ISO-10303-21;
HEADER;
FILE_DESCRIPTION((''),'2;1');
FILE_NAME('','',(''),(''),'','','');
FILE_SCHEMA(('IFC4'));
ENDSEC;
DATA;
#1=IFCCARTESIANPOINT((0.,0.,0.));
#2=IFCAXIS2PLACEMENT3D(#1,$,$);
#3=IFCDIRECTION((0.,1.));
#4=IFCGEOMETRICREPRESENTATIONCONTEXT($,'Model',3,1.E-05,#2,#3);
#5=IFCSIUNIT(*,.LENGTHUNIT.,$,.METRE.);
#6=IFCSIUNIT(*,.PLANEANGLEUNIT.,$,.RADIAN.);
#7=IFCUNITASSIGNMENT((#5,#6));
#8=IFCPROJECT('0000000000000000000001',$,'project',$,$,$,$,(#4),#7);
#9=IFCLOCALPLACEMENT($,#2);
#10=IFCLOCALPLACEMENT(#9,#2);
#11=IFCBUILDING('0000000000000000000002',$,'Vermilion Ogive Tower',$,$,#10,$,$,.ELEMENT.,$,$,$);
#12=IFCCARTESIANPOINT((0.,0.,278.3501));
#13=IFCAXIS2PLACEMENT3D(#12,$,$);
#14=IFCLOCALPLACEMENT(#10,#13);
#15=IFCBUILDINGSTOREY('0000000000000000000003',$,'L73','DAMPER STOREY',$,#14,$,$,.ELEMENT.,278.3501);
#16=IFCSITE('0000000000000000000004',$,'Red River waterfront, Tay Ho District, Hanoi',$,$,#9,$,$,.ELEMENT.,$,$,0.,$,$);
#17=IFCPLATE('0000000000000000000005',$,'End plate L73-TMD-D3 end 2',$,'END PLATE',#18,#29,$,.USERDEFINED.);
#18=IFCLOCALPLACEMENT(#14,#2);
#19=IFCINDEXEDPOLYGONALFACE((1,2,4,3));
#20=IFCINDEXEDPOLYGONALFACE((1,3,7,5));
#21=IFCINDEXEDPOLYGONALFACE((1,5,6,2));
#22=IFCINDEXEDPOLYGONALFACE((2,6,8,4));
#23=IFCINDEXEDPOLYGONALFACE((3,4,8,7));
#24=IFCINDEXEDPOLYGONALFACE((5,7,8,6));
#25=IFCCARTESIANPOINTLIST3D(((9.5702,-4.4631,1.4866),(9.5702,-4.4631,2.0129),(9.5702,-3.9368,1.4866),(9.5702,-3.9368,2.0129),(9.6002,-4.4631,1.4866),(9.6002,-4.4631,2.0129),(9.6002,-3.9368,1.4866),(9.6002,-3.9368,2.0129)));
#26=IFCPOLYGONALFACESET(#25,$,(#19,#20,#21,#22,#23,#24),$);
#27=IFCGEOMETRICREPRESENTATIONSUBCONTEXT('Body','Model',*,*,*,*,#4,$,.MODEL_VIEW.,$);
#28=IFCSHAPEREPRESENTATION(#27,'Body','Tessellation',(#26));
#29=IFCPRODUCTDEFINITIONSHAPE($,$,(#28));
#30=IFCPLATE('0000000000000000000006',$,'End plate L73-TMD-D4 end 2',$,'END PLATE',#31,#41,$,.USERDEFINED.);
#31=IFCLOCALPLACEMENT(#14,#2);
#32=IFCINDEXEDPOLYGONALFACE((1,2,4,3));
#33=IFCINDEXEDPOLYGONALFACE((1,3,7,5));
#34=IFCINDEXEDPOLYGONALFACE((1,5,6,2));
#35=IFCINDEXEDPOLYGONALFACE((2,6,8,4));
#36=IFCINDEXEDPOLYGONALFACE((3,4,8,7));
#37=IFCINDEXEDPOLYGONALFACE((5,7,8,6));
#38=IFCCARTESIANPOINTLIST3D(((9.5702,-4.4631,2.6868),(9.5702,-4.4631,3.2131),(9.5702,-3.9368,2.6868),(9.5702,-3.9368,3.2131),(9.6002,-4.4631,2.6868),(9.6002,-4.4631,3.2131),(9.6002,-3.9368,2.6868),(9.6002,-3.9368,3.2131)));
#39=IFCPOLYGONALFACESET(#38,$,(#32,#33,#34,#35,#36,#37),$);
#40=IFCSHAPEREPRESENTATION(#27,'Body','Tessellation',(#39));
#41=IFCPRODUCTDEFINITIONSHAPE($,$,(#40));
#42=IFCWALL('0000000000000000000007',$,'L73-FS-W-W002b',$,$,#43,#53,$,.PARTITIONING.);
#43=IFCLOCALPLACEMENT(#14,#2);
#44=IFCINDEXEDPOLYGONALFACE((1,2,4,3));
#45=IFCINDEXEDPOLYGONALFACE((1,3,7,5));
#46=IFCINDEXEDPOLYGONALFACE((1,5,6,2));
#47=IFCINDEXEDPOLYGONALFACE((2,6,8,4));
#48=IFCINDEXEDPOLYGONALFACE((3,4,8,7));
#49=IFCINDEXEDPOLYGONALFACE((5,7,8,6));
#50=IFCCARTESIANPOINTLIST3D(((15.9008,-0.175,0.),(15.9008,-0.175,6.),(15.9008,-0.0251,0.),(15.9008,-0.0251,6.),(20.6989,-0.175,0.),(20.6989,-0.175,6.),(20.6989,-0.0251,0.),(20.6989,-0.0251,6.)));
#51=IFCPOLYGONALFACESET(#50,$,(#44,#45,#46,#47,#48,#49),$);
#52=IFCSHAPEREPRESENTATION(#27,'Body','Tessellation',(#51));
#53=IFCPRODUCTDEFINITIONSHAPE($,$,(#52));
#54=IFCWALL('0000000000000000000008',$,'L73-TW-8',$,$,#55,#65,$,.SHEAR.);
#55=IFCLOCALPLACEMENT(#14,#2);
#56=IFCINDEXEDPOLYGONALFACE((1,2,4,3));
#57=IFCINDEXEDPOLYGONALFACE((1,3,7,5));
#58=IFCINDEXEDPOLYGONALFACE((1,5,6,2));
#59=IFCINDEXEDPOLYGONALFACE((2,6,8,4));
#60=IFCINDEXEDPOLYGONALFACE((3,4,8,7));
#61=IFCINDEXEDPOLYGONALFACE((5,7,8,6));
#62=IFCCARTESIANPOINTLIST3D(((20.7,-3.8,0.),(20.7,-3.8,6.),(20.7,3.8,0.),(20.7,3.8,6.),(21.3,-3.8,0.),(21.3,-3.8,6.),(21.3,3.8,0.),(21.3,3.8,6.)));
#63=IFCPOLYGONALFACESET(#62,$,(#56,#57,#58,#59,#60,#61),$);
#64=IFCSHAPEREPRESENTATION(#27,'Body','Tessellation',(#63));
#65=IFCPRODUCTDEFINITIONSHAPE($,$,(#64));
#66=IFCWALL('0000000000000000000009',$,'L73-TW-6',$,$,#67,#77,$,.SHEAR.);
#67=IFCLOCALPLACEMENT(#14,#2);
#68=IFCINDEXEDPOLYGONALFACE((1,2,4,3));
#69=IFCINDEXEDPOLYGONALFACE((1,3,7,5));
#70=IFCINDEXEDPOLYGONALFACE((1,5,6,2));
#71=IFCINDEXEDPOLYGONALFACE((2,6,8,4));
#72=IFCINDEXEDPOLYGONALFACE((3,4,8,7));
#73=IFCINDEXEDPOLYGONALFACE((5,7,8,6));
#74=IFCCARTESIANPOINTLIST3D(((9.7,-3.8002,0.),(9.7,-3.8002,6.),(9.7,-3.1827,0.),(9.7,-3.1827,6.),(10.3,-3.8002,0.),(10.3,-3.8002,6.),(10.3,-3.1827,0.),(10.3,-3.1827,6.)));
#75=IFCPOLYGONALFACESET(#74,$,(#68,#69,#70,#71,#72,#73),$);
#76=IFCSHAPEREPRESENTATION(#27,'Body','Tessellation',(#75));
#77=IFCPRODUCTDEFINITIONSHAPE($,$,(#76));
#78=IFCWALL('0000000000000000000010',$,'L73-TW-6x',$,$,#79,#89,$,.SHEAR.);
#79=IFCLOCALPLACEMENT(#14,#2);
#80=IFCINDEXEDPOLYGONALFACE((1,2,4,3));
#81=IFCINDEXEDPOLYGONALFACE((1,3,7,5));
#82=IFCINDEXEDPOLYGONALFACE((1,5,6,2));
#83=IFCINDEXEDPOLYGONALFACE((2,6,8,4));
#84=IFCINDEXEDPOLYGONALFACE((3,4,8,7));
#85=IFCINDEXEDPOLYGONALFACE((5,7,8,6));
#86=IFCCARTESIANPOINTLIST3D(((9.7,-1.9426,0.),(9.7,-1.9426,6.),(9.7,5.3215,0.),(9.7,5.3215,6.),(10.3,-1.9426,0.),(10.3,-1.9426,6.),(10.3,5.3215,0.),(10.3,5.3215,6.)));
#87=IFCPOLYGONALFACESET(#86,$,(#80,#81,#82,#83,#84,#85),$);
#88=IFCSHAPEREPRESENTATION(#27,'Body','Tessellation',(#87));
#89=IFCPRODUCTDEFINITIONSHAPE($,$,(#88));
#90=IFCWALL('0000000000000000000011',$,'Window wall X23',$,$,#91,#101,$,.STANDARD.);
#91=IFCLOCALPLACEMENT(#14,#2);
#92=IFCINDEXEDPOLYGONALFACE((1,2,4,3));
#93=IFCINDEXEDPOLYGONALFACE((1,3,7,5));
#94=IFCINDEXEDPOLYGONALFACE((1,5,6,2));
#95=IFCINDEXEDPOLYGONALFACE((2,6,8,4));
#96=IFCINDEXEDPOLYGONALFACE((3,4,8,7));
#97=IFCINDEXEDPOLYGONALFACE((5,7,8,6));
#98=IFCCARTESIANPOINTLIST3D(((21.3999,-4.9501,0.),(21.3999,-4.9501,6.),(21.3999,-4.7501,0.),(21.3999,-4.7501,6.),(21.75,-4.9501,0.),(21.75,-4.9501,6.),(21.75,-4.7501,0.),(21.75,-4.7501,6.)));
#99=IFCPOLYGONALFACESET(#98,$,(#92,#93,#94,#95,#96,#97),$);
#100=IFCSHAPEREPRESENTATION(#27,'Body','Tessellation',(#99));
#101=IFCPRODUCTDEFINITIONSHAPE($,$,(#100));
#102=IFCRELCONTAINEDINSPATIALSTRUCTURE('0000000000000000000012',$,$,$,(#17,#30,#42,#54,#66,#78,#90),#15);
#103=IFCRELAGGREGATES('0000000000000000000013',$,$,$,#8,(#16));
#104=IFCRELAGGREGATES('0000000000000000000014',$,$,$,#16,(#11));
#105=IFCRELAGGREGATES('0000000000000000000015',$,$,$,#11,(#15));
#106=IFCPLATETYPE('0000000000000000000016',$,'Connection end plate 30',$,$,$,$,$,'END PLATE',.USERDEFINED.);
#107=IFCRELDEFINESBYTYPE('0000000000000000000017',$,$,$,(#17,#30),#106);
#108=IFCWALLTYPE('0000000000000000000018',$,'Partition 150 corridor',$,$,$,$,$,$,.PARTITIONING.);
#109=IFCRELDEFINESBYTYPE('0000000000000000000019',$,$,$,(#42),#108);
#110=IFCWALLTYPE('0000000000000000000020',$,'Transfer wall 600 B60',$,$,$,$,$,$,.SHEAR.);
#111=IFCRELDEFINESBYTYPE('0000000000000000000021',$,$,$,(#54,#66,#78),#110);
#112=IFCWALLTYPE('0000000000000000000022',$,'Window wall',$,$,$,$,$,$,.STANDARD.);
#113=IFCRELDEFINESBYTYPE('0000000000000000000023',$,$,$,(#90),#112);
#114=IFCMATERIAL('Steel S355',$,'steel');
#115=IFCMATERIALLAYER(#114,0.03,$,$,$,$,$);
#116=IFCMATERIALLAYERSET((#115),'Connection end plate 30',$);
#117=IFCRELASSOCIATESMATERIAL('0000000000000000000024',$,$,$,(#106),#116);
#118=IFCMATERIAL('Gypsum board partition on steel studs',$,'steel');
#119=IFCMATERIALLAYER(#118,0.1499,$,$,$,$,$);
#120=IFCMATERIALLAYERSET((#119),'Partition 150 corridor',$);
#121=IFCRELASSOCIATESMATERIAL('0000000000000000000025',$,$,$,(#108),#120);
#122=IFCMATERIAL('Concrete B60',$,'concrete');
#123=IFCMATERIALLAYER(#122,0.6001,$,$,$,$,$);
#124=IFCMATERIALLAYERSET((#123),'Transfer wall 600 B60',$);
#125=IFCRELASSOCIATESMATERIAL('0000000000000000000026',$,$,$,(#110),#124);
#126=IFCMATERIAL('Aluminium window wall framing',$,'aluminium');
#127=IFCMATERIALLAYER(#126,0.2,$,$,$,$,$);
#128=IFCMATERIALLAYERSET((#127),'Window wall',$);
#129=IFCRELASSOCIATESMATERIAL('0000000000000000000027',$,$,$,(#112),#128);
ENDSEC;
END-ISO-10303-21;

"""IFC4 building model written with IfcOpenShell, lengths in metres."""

from ifc_helpers import new_model, si_unit, direction, frame, frame_2d, origin, origin_2d, place, context, subcontext, project, spatial, rectangle, extrude, material, layer, layer_set, type_object, element, save


model = new_model("IFC4")

# Units and contexts
model_context = context("Model", 3, precision=1e-05, world=origin(), true_north=direction((0.0, 1.0)))
body_context = subcontext(model_context, "Body", "Model", "MODEL_VIEW")
ifc_project = project(units=[si_unit("LENGTHUNIT", "METRE"), si_unit("PLANEANGLEUNIT", "RADIAN")], contexts=[model_context])

# Site, building, storey
site_placement = place(None, origin())
site = spatial("IfcSite", under=ifc_project, at=site_placement, Name="Red River waterfront, Tay Ho District, Hanoi", CompositionType="ELEMENT", RefElevation=0.0)
building_placement = place(site_placement, origin())
building = spatial("IfcBuilding", under=site, at=building_placement, Name="Vermilion Ogive Tower", CompositionType="ELEMENT")
storey_placement = place(building_placement, frame((0.0, 0.0, 278.3501)))
storey = spatial("IfcBuildingStorey", under=building, at=storey_placement, Name="L73", Description="DAMPER STOREY", CompositionType="ELEMENT", Elevation=278.3501)

# Plates
ifc_material_1 = material(Name="Steel S355", Category="steel")
ifc_layer_1 = layer(ifc_material_1, 0.03)
ifc_layer_set_1 = layer_set([ifc_layer_1], Name="Connection end plate 30")
plate_type_1 = type_object("IfcPlateType", Name="Connection end plate 30", ElementType="END PLATE", PredefinedType="USERDEFINED", material=ifc_layer_set_1)
for number, where, z_axis, x_axis, name in (
    (1, (9.5852, -4.2, 1.4866), (0.0, 0.0, 1.0), (1.0, 0.0, 0.0), "End plate L73-TMD-D3 end 2"),
    (2, (9.5852, -4.2, 2.6868), (0.0, 0.0, 1.0), (1.0, 0.0, 0.0), "End plate L73-TMD-D4 end 2"),
):
    element("IfcPlate", number, at=place(storey_placement, frame(where, z_axis=z_axis, x_axis=x_axis)), inside=storey, type_object=plate_type_1, Name=name, ObjectType="END PLATE", PredefinedType="USERDEFINED", context=body_context, shape_type="SweptSolid", body=[
        extrude(rectangle(XDim=0.03, YDim=0.5264, at=origin_2d()), origin(), (0.0, 0.0, 1.0), 0.5264),
    ])

# Walls
ifc_material_2 = material(Name="Gypsum board partition on steel studs", Category="steel")
ifc_layer_2 = layer(ifc_material_2, 0.1499)
ifc_layer_set_2 = layer_set([ifc_layer_2], Name="Partition 150 corridor")
wall_type_1 = type_object("IfcWallType", Name="Partition 150 corridor", PredefinedType="PARTITIONING", material=ifc_layer_set_2)
wall_1_placement = place(storey_placement, frame((15.9009, -0.1001, 0.0), z_axis=(0.0, 0.0, 1.0), x_axis=(1.0, 0.0, 0.0)))
element("IfcWall", 3, at=wall_1_placement, inside=storey, type_object=wall_type_1, Name="L73-FS-W-W002b", PredefinedType="PARTITIONING", context=body_context, shape_type="SweptSolid", body=[
    extrude(rectangle(XDim=4.7981, YDim=0.1499, at=frame_2d((2.3989, 0.0))), origin(), (0.0, 0.0, 1.0), 6.0),
])
ifc_material_3 = material(Name="Concrete B60", Category="concrete")
ifc_layer_3 = layer(ifc_material_3, 0.6001)
ifc_layer_set_3 = layer_set([ifc_layer_3], Name="Transfer wall 600 B60")
wall_type_2 = type_object("IfcWallType", Name="Transfer wall 600 B60", PredefinedType="SHEAR", material=ifc_layer_set_3)
wall_2_placement = place(storey_placement, frame((21.0, -3.8, 0.0), z_axis=(0.0, 0.0, 1.0), x_axis=(0.0, 1.0, 0.0)))
element("IfcWall", 4, at=wall_2_placement, inside=storey, type_object=wall_type_2, Name="L73-TW-8", PredefinedType="SHEAR", context=body_context, shape_type="SweptSolid", body=[
    extrude(rectangle(XDim=7.6001, YDim=0.6001, at=frame_2d((3.8, 0.0))), origin(), (0.0, 0.0, 1.0), 6.0),
])
wall_3_placement = place(storey_placement, frame((10.0, -3.8, 0.0), z_axis=(0.0, 0.0, 1.0), x_axis=(0.0, 1.0, 0.0)))
element("IfcWall", 5, at=wall_3_placement, inside=storey, type_object=wall_type_2, Name="L73-TW-6", PredefinedType="SHEAR", context=body_context, shape_type="SweptSolid", body=[
    extrude(rectangle(XDim=0.6174, YDim=0.6001, at=frame_2d((0.3086, 0.0))), origin(), (0.0, 0.0, 1.0), 6.0),
])
wall_4_placement = place(storey_placement, frame((10.0, -1.9426, 0.0), z_axis=(0.0, 0.0, 1.0), x_axis=(0.0, 1.0, 0.0)))
element("IfcWall", 6, at=wall_4_placement, inside=storey, type_object=wall_type_2, Name="L73-TW-6x", PredefinedType="SHEAR", context=body_context, shape_type="SweptSolid", body=[
    extrude(rectangle(XDim=7.2642, YDim=0.6001, at=frame_2d((3.6321, 0.0))), origin(), (0.0, 0.0, 1.0), 6.0),
])
ifc_material_4 = material(Name="Aluminium window wall framing", Category="aluminium")
ifc_layer_4 = layer(ifc_material_4, 0.2)
ifc_layer_set_4 = layer_set([ifc_layer_4], Name="Window wall")
wall_type_3 = type_object("IfcWallType", Name="Window wall", PredefinedType="STANDARD", material=ifc_layer_set_4)
wall_5_placement = place(storey_placement, frame((21.3999, -4.8501, 0.0), z_axis=(0.0, 0.0, 1.0), x_axis=(1.0, 0.0, 0.0)))
element("IfcWall", 7, at=wall_5_placement, inside=storey, type_object=wall_type_3, Name="Window wall X23", PredefinedType="STANDARD", context=body_context, shape_type="SweptSolid", body=[
    extrude(rectangle(XDim=0.3501, YDim=0.2, at=frame_2d((0.175, 0.0))), origin(), (0.0, 0.0, 1.0), 6.0),
])

save(model, "model.ifc")
